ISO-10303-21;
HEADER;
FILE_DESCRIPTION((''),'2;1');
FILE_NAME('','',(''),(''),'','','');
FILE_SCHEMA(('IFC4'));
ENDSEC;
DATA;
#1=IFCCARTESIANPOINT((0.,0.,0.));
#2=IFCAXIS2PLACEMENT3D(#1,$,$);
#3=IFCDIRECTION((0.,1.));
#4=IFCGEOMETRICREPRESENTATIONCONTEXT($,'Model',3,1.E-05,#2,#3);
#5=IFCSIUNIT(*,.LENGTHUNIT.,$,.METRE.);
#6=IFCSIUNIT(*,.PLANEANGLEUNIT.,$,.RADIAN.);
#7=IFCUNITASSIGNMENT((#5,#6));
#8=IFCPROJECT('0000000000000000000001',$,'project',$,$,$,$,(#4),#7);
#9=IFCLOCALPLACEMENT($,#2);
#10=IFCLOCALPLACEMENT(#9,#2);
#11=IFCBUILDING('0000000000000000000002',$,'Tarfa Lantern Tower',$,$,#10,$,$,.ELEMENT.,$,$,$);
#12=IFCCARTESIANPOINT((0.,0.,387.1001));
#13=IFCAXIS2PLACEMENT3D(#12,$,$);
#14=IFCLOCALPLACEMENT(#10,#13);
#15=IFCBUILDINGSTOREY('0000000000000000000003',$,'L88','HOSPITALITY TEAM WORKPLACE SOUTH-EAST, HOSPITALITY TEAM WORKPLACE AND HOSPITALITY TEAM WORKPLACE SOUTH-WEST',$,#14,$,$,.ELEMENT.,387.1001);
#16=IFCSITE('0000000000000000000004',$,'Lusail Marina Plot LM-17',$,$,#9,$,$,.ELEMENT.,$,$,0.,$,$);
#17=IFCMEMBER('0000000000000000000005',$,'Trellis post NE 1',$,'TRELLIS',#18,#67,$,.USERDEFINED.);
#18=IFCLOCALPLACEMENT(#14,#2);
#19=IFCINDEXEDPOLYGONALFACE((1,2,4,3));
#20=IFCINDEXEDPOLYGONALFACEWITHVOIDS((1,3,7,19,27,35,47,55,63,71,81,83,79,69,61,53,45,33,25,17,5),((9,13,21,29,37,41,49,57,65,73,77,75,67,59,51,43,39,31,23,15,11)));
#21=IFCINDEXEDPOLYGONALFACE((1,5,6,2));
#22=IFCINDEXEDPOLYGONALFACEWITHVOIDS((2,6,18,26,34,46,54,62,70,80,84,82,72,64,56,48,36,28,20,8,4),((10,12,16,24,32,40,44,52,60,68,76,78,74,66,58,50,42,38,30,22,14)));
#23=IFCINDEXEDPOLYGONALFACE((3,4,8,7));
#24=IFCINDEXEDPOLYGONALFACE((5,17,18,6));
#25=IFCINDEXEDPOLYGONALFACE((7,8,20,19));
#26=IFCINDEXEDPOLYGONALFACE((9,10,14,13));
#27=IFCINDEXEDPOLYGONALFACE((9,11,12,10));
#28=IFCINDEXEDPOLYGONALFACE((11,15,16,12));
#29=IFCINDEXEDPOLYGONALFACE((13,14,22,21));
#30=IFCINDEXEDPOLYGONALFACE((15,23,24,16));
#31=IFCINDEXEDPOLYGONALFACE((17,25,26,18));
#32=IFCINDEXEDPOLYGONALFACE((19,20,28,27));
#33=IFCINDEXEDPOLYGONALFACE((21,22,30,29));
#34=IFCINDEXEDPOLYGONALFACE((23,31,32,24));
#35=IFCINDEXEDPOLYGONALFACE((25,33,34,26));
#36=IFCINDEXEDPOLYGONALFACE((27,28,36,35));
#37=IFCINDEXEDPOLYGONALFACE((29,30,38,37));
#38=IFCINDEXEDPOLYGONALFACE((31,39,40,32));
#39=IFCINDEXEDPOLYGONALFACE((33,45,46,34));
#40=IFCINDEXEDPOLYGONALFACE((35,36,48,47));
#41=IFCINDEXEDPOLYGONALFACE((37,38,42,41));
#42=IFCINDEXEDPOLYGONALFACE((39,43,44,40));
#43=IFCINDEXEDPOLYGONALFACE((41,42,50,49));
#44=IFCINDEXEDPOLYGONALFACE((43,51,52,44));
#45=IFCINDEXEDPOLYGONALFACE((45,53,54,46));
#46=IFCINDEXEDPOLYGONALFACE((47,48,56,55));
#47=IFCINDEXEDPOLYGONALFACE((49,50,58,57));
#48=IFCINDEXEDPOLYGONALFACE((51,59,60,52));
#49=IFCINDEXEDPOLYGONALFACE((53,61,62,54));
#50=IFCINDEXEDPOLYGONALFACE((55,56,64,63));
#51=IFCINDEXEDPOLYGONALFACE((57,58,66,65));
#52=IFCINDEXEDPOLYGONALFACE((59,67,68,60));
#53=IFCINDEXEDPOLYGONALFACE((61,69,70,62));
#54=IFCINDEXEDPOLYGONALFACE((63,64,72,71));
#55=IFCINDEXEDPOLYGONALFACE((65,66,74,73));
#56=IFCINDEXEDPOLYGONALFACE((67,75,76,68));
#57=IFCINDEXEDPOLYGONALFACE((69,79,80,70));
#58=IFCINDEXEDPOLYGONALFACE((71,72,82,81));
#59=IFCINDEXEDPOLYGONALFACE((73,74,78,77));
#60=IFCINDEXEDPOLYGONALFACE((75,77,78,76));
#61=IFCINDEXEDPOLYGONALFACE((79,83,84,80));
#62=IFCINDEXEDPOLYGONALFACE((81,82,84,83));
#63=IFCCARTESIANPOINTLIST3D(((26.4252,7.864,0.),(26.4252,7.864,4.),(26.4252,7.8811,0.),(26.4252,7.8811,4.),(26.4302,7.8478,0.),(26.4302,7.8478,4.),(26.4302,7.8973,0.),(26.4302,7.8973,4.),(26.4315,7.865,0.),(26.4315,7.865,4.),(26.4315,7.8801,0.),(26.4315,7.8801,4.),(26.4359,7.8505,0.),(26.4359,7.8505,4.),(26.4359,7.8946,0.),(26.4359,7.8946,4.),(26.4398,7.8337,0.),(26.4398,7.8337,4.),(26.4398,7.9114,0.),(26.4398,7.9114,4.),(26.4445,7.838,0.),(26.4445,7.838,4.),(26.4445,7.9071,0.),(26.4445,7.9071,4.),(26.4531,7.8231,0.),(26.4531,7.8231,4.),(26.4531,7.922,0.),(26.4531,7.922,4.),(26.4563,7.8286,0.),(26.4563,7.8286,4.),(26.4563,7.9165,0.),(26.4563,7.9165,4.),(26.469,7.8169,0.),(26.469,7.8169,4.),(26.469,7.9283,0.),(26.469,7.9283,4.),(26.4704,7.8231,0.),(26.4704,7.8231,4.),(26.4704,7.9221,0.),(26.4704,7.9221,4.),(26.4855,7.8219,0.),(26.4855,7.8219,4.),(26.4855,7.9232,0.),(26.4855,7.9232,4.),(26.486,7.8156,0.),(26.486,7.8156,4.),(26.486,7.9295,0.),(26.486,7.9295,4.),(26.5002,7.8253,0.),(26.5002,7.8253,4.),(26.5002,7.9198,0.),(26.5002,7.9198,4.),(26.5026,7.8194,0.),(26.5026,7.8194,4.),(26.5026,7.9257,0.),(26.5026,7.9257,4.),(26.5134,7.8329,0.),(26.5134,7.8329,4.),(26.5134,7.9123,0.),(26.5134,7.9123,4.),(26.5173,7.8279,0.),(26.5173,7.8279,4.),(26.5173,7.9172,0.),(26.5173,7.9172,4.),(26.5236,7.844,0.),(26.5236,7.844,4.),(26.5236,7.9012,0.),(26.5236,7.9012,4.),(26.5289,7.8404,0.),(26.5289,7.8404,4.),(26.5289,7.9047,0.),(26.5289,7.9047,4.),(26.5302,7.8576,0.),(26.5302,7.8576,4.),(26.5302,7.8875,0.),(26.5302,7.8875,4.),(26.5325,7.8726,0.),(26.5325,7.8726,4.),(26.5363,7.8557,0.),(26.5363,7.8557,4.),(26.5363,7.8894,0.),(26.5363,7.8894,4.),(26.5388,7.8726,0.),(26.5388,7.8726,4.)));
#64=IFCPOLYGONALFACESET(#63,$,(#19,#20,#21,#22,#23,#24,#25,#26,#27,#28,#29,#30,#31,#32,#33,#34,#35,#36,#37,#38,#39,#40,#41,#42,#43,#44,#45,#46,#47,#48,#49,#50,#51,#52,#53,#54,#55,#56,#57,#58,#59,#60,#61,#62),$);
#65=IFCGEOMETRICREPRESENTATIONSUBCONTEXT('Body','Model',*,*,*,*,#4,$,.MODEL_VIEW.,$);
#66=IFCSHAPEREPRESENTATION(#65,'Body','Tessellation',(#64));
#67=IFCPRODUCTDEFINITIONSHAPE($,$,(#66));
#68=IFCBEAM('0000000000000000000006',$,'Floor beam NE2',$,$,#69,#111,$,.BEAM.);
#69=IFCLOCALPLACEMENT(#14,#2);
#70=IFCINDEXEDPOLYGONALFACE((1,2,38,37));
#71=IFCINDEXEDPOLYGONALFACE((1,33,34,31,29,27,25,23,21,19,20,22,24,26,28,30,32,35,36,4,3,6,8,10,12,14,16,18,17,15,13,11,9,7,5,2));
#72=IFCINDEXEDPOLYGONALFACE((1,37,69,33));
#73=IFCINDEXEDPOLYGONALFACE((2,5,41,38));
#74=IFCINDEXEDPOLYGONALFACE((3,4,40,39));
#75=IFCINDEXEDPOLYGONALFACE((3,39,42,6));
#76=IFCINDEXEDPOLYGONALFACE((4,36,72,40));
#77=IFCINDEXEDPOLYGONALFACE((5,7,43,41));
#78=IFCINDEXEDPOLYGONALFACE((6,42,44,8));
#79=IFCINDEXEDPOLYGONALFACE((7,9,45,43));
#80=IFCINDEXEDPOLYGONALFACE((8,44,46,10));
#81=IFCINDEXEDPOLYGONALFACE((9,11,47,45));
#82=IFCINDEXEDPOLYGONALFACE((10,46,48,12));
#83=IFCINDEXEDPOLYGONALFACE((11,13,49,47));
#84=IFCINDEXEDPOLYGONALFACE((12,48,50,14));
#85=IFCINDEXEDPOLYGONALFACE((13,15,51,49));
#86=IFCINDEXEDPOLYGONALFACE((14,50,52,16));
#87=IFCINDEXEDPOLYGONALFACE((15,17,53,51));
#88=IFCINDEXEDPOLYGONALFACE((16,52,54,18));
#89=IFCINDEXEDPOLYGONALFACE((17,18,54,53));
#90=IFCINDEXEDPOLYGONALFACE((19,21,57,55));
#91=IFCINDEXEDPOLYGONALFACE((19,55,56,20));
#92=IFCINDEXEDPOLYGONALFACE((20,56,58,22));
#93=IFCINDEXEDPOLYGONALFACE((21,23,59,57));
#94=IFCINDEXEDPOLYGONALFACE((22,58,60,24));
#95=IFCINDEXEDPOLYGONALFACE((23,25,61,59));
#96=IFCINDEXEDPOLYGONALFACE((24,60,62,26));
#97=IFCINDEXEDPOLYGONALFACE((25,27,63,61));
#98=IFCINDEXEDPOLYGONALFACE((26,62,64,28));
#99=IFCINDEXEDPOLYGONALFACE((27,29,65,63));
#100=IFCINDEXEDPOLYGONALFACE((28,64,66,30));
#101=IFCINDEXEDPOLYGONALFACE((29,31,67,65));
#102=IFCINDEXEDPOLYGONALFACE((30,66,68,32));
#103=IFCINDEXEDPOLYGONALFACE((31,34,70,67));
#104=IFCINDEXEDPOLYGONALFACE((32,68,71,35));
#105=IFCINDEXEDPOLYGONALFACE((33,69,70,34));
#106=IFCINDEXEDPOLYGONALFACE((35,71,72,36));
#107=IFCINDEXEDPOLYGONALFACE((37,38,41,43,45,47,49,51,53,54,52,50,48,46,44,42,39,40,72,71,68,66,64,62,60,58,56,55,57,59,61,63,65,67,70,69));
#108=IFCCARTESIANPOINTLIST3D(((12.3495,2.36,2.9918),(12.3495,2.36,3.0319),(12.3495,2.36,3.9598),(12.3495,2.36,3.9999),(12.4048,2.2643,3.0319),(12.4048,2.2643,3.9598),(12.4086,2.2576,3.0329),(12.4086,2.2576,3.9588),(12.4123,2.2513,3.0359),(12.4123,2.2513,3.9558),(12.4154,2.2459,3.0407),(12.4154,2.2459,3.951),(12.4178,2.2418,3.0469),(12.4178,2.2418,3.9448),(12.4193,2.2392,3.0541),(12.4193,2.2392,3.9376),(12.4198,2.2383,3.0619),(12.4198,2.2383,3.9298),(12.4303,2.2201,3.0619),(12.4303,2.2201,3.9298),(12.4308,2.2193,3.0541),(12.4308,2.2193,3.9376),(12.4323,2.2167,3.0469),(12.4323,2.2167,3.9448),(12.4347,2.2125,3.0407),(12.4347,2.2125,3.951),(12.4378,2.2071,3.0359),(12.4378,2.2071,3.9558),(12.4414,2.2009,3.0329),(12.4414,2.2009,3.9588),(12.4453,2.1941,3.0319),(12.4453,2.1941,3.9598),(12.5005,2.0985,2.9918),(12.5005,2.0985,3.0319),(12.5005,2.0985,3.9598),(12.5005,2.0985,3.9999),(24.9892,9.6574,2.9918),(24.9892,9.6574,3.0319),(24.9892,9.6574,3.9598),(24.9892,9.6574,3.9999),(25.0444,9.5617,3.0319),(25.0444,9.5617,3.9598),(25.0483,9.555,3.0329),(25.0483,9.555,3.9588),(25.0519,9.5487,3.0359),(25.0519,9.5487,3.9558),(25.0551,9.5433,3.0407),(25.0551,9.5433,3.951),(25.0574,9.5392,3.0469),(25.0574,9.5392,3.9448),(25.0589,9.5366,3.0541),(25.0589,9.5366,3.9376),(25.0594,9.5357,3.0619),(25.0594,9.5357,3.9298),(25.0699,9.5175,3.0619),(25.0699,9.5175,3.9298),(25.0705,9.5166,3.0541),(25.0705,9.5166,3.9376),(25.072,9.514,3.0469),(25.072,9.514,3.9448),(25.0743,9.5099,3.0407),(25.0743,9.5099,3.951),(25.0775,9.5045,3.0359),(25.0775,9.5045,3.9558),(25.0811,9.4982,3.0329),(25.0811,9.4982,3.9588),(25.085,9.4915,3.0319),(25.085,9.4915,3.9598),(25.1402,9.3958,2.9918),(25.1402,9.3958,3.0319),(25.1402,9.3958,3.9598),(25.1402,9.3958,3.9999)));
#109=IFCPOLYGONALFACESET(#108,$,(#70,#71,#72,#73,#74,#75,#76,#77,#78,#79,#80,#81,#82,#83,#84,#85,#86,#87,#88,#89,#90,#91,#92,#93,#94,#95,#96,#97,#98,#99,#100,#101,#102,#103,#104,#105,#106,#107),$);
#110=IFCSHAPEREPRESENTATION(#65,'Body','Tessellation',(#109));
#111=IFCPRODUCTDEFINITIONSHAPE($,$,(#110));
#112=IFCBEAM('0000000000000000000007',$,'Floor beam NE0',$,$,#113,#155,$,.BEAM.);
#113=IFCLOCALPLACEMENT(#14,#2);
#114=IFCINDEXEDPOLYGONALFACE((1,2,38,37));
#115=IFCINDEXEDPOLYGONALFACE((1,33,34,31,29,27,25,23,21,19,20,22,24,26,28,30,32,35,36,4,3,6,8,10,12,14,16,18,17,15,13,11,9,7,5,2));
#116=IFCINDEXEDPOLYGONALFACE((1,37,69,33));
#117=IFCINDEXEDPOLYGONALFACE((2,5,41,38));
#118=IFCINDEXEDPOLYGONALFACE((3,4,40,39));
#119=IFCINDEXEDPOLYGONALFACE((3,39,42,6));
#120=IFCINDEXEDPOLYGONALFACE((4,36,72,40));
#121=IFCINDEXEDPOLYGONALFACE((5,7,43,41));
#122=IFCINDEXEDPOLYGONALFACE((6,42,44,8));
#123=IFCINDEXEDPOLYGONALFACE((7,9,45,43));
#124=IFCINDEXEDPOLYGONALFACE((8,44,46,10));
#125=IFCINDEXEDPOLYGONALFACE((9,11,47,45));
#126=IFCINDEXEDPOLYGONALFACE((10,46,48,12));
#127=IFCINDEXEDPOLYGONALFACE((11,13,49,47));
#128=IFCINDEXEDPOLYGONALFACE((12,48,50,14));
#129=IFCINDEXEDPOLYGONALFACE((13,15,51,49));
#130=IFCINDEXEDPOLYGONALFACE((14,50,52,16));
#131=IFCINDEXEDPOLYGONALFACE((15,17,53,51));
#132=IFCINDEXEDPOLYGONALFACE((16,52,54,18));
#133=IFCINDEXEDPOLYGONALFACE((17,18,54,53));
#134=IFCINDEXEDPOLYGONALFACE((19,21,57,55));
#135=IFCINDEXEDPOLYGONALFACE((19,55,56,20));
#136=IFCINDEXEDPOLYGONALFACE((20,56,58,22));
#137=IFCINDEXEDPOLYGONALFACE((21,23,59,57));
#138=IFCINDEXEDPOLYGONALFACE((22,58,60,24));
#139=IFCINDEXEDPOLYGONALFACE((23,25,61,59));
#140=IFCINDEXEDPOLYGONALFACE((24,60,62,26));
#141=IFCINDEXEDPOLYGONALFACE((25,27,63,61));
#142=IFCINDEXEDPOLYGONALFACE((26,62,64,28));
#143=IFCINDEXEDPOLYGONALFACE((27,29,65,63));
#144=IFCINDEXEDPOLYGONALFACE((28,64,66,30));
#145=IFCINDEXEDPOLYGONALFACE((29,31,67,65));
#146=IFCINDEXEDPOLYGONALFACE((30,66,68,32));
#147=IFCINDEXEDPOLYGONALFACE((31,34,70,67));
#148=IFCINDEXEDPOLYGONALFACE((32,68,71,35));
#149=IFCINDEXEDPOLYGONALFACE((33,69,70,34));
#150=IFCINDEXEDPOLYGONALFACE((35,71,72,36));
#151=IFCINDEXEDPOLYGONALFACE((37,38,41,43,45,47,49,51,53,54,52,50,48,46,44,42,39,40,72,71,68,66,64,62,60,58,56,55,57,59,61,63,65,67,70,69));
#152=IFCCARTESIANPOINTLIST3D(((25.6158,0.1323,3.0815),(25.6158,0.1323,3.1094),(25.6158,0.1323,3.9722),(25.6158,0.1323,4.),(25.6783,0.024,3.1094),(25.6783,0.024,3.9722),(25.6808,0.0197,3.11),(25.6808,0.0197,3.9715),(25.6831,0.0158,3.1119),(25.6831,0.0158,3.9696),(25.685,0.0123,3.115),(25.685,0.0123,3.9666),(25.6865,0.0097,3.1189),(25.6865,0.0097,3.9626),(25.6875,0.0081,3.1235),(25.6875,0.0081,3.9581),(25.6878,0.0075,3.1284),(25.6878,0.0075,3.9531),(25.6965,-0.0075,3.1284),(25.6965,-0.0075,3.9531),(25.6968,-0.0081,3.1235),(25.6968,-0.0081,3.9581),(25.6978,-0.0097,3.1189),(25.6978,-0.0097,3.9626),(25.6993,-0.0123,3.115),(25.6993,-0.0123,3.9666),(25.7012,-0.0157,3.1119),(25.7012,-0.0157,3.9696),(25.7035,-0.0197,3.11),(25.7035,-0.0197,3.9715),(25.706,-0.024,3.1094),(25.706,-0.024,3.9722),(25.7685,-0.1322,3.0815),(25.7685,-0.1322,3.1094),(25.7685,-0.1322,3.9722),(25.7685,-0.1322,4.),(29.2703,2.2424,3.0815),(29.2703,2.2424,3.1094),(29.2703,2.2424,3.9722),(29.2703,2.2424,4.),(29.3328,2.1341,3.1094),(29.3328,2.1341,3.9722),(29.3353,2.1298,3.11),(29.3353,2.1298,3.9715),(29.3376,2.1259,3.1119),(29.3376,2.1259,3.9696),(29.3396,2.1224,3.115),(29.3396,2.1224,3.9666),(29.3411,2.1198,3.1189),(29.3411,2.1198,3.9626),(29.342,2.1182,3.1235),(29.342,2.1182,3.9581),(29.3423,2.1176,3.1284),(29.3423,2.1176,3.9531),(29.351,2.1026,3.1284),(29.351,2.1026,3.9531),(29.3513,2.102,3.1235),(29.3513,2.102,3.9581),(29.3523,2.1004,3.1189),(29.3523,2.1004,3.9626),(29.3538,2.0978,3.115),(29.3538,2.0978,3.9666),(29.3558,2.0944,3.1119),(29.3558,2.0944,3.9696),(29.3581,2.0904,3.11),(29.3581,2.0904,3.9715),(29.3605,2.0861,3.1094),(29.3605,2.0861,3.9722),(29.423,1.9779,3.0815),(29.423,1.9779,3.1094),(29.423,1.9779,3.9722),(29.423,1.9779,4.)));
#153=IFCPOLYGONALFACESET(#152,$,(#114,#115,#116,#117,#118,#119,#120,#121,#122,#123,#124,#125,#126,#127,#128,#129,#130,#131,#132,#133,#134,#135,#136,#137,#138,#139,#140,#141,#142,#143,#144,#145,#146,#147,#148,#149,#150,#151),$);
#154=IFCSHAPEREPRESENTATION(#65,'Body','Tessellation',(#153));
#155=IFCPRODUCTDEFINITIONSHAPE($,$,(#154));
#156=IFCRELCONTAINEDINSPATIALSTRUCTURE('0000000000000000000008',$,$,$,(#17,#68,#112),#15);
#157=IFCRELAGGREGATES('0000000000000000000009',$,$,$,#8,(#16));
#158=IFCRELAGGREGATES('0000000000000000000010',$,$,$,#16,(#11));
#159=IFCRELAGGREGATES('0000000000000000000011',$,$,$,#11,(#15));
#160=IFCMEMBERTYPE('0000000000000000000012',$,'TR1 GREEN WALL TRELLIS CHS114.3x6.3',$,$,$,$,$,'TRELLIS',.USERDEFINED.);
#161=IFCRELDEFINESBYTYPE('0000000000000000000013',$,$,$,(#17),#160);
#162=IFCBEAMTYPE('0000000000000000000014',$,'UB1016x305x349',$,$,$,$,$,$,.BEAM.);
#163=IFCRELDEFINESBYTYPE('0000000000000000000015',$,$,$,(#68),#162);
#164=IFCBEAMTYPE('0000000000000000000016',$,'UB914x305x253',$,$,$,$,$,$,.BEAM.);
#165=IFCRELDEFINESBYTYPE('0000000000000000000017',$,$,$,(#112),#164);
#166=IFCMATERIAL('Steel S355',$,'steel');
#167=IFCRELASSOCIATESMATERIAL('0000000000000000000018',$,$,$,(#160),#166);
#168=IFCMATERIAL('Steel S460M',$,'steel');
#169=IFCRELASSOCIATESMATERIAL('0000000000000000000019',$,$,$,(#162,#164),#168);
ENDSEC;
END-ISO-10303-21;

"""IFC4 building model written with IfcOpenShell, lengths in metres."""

from ifc_helpers import new_model, si_unit, direction, frame, origin, origin_2d, place, context, subcontext, project, spatial, hollow_circle, i_section, extrude, material, material_profile, profile_set, type_object, element, save


model = new_model("IFC4")

# Units and contexts
model_context = context("Model", 3, precision=1e-05, world=origin(), true_north=direction((0.0, 1.0)))
body_context = subcontext(model_context, "Body", "Model", "MODEL_VIEW")
ifc_project = project(units=[si_unit("LENGTHUNIT", "METRE"), si_unit("PLANEANGLEUNIT", "RADIAN")], contexts=[model_context])

# Site, building, storey
site_placement = place(None, origin())
site = spatial("IfcSite", under=ifc_project, at=site_placement, Name="Lusail Marina Plot LM-17", CompositionType="ELEMENT", RefElevation=0.0)
building_placement = place(site_placement, origin())
building = spatial("IfcBuilding", under=site, at=building_placement, Name="Tarfa Lantern Tower", CompositionType="ELEMENT")
storey_placement = place(building_placement, frame((0.0, 0.0, 387.1001)))
storey = spatial("IfcBuildingStorey", under=building, at=storey_placement, Name="L88", Description="HOSPITALITY TEAM WORKPLACE SOUTH-EAST, HOSPITALITY TEAM WORKPLACE AND HOSPITALITY TEAM WORKPLACE SOUTH-WEST", CompositionType="ELEMENT", Elevation=387.1001)

# Member
ifc_material_1 = material(Name="Steel S355", Category="steel")
ifc_material_profile_1 = material_profile(ifc_material_1, hollow_circle(Radius=0.0571, WallThickness=0.0063, at=origin_2d()), Name="CHS114.3x6.3")
ifc_profile_set_1 = profile_set([ifc_material_profile_1], Name="Steel S355")
member_type_1 = type_object("IfcMemberType", Name="TR1 GREEN WALL TRELLIS CHS114.3x6.3", ElementType="TRELLIS", PredefinedType="USERDEFINED", material=ifc_profile_set_1)
member_1_placement = place(storey_placement, frame((26.4817, 7.8726, 0.0), z_axis=(0.0, 0.0, 1.0), x_axis=(1.0, 0.0, 0.0)))
element("IfcMember", 1, at=member_1_placement, inside=storey, type_object=member_type_1, Name="Trellis post NE 1", ObjectType="TRELLIS", PredefinedType="USERDEFINED", context=body_context, shape_type="SweptSolid", body=[
    extrude(hollow_circle(Radius=0.0571, WallThickness=0.0063, at=origin_2d()), origin(), (0.0, 0.0, 1.0), 4.0),
])

# Beams
ifc_material_2 = material(Name="Steel S460M", Category="steel")
ifc_material_profile_2 = material_profile(ifc_material_2, i_section(OverallWidth=0.302, OverallDepth=1.0081, WebThickness=0.021, FlangeThickness=0.04, FilletRadius=0.03, at=origin_2d()), Name="UB1016x305x349")
ifc_profile_set_2 = profile_set([ifc_material_profile_2], Name="Steel S460M")
beam_type_1 = type_object("IfcBeamType", Name="UB1016x305x349", PredefinedType="BEAM", material=ifc_profile_set_2)
beam_1_placement = place(storey_placement, frame((25.0647, 9.5266, 3.4958), z_axis=(-0.86603, -0.499993, 0.0), x_axis=(0.499993, -0.86603, 0.0)))
element("IfcBeam", 2, at=beam_1_placement, inside=storey, type_object=beam_type_1, Name="Floor beam NE2", PredefinedType="BEAM", context=body_context, shape_type="SweptSolid", body=[
    extrude(i_section(OverallWidth=0.302, OverallDepth=1.0081, WebThickness=0.021, FlangeThickness=0.04, FilletRadius=0.03, at=origin_2d()), origin(), (0.0, 0.0, 1.0), 14.595),
])
ifc_material_profile_3 = material_profile(ifc_material_2, i_section(OverallWidth=0.3054, OverallDepth=0.9185, WebThickness=0.0173, FlangeThickness=0.0278, FilletRadius=0.019, at=origin_2d()), Name="UB914x305x253")
ifc_profile_set_3 = profile_set([ifc_material_profile_3], Name="Steel S460M")
beam_type_2 = type_object("IfcBeamType", Name="UB914x305x253", PredefinedType="BEAM", material=ifc_profile_set_3)
beam_2_placement = place(storey_placement, frame((29.3467, 2.1101, 3.5408), z_axis=(-0.866009, -0.500028, 0.0), x_axis=(0.500028, -0.866009, 0.0)))
element("IfcBeam", 3, at=beam_2_placement, inside=storey, type_object=beam_type_2, Name="Floor beam NE0", PredefinedType="BEAM", context=body_context, shape_type="SweptSolid", body=[
    extrude(i_section(OverallWidth=0.3054, OverallDepth=0.9185, WebThickness=0.0173, FlangeThickness=0.0278, FilletRadius=0.019, at=origin_2d()), origin(), (0.0, 0.0, 1.0), 4.22),
])

save(model, "model.ifc")
